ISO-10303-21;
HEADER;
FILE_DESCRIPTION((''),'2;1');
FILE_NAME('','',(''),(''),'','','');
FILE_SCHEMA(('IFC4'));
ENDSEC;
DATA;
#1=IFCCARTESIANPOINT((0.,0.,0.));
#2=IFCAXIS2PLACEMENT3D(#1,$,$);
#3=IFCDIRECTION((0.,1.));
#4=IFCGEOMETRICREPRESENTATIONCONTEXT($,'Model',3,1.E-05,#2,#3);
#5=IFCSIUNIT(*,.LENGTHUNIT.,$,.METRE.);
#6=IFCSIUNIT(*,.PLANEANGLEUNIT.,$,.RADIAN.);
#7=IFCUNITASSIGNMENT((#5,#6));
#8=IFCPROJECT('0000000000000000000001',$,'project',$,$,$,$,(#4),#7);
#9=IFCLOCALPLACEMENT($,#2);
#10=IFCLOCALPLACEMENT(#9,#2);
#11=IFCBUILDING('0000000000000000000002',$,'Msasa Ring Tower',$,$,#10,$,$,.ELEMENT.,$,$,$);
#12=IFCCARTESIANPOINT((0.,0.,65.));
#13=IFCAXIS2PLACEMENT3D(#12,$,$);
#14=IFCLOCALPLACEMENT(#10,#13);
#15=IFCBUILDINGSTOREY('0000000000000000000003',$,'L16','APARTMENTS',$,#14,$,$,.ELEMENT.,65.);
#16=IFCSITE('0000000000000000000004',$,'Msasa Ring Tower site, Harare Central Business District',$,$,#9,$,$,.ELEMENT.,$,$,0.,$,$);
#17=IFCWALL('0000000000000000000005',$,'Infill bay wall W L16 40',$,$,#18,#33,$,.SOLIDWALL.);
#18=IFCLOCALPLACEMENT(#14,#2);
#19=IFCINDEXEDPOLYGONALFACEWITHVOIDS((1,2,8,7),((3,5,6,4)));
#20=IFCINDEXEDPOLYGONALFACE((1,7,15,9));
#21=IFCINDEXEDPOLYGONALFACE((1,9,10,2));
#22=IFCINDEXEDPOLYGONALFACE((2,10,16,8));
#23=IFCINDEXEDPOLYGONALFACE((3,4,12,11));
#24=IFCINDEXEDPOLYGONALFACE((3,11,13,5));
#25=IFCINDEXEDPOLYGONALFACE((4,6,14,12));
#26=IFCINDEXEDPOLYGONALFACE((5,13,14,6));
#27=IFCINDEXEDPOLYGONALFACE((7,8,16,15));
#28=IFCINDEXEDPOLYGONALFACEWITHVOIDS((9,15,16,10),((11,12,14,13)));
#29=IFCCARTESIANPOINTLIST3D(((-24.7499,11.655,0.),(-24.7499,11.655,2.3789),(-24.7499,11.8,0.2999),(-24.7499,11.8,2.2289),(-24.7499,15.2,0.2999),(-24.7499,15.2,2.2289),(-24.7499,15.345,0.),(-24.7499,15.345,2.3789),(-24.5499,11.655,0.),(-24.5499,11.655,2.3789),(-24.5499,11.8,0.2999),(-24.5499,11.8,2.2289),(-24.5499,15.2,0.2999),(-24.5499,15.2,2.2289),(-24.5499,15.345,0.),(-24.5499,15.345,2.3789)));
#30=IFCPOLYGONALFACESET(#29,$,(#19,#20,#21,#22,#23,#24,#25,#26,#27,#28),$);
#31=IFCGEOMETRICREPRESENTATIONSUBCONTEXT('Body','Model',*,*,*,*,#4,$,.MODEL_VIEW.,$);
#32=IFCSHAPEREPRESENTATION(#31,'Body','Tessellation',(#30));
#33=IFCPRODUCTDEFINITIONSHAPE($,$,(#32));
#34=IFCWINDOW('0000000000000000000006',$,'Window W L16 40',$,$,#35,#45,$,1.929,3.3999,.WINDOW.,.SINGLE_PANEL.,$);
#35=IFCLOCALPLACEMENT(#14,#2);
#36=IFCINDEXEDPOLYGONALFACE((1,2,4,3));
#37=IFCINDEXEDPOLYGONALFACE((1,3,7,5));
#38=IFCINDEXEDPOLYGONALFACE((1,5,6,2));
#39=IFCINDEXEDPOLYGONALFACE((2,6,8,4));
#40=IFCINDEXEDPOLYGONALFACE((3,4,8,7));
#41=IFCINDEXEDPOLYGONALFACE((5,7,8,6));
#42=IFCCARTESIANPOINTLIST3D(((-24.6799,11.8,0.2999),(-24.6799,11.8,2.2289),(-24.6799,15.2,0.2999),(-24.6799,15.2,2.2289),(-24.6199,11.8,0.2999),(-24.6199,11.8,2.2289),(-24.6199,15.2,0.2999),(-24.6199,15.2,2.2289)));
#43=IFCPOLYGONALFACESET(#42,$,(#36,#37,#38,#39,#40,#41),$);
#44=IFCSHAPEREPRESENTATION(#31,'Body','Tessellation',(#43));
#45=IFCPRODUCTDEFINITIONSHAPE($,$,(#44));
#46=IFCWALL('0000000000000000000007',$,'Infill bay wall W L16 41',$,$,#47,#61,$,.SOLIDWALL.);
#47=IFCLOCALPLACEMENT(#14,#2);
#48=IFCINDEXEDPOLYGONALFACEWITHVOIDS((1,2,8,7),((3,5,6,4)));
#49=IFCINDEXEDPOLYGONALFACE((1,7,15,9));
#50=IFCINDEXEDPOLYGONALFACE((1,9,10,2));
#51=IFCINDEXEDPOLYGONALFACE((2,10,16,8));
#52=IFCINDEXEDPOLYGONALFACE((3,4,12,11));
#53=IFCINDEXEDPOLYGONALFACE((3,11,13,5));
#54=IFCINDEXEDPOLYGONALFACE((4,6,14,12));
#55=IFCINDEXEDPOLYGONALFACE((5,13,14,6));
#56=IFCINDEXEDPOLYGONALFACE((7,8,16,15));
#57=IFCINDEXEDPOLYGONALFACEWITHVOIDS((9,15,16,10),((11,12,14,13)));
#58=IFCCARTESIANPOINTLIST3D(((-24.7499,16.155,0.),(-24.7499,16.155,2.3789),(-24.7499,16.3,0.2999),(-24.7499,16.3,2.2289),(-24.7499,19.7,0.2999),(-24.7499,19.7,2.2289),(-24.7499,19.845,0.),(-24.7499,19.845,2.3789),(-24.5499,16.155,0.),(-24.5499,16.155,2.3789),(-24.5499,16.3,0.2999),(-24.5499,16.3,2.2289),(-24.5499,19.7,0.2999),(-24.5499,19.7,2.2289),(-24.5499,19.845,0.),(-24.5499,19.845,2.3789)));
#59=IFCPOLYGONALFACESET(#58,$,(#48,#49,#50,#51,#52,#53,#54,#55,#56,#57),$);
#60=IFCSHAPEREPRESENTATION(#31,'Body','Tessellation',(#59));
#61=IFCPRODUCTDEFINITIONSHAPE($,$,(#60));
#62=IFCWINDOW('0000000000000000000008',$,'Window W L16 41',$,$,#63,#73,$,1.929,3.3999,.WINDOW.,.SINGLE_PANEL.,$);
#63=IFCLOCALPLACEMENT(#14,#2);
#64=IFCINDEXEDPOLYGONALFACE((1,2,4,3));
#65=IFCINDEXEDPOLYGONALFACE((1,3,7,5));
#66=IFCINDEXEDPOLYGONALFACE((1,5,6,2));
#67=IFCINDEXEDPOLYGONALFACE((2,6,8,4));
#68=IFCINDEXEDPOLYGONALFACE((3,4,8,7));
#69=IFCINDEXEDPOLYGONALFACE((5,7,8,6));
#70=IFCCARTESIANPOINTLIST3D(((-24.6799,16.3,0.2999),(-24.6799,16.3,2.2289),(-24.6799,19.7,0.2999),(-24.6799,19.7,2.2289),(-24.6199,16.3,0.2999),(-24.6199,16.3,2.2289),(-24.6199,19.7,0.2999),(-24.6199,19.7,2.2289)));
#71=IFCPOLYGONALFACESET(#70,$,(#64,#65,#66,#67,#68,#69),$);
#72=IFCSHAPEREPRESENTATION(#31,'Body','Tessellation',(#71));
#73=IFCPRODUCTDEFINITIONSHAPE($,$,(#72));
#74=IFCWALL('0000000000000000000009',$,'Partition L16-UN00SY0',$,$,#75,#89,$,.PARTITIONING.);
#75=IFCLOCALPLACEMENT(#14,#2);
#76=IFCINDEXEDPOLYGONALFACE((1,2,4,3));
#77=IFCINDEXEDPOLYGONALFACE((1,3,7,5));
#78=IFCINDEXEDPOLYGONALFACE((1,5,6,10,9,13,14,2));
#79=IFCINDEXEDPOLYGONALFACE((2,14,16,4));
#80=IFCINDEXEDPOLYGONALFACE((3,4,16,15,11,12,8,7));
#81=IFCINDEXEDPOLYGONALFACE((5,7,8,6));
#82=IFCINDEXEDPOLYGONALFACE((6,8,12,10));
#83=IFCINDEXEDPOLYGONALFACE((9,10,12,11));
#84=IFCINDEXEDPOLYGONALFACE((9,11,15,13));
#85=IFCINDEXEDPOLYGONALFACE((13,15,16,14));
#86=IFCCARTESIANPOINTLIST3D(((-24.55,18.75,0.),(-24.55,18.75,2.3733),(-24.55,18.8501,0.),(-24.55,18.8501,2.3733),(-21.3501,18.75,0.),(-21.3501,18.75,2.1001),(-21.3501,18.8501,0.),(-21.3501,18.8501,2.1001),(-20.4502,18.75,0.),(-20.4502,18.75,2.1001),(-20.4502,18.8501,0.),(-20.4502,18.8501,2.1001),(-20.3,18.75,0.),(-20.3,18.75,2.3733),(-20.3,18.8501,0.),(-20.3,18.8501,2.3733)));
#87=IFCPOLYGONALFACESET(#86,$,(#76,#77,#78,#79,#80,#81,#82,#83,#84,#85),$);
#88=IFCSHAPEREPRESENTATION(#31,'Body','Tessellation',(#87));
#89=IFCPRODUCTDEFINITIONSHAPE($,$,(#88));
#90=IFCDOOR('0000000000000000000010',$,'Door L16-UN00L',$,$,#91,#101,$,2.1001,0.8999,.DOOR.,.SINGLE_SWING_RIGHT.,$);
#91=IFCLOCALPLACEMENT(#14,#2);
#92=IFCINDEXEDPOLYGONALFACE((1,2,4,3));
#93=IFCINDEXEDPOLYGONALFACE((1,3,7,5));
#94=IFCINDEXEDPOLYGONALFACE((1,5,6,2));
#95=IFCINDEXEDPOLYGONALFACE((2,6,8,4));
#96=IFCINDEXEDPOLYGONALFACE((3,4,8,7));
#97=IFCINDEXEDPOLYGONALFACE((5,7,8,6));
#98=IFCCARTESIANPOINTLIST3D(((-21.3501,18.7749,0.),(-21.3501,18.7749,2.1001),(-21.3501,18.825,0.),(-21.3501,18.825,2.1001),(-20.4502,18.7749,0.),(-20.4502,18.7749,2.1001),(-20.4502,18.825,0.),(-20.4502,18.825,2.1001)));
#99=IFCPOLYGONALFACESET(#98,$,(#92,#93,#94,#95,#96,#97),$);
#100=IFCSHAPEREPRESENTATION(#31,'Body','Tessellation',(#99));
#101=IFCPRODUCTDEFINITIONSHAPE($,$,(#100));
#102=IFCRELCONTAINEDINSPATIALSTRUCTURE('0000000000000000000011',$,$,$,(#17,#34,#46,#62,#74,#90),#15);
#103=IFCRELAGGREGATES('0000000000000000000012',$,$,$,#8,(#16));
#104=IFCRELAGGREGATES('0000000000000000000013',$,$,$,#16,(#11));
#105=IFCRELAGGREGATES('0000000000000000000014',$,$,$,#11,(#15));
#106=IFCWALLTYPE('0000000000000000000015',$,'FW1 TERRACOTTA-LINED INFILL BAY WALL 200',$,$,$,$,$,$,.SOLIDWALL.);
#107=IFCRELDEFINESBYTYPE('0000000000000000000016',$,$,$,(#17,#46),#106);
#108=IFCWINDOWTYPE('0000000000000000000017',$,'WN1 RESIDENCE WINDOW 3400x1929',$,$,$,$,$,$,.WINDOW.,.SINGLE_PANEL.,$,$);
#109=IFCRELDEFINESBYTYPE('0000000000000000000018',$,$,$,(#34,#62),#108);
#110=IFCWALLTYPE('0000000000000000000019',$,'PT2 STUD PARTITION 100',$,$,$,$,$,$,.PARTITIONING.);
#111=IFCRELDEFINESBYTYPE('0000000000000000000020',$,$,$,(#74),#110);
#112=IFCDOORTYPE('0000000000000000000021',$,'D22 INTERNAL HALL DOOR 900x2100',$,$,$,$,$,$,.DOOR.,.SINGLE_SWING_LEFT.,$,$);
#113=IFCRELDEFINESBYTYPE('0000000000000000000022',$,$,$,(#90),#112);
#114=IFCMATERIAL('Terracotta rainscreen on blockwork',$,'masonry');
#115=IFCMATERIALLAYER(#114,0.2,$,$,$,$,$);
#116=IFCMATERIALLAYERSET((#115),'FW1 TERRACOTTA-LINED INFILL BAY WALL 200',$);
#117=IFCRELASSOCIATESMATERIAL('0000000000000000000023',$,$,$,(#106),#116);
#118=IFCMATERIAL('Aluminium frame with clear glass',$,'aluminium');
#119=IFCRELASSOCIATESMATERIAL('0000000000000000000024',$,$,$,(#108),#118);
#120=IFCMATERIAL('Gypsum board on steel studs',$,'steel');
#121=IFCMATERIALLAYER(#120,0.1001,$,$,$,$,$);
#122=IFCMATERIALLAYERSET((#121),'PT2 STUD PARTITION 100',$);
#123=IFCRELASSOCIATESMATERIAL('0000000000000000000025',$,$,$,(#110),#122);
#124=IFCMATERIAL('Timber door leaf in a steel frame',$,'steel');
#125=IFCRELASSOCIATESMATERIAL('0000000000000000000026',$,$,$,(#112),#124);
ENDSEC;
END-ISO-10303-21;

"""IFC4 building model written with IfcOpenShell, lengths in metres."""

from ifc_helpers import new_model, si_unit, direction, frame, frame_2d, origin, place, context, subcontext, project, spatial, rectangle, extrude, material, layer, layer_set, type_object, element, fill, save


model = new_model("IFC4")

# Units and contexts
model_context = context("Model", 3, precision=1e-05, world=origin(), true_north=direction((0.0, 1.0)))
body_context = subcontext(model_context, "Body", "Model", "MODEL_VIEW")
ifc_project = project(units=[si_unit("LENGTHUNIT", "METRE"), si_unit("PLANEANGLEUNIT", "RADIAN")], contexts=[model_context])

# Site, building, storey
site_placement = place(None, origin())
site = spatial("IfcSite", under=ifc_project, at=site_placement, Name="Msasa Ring Tower site, Harare Central Business District", CompositionType="ELEMENT", RefElevation=0.0)
building_placement = place(site_placement, origin())
building = spatial("IfcBuilding", under=site, at=building_placement, Name="Msasa Ring Tower", CompositionType="ELEMENT")
storey_placement = place(building_placement, frame((0.0, 0.0, 65.0)))
storey = spatial("IfcBuildingStorey", under=building, at=storey_placement, Name="L16", Description="APARTMENTS", CompositionType="ELEMENT", Elevation=65.0)

# Walls, openings, windows
ifc_material_1 = material(Name="Terracotta rainscreen on blockwork", Category="masonry")
ifc_layer_1 = layer(ifc_material_1, 0.2)
ifc_layer_set_1 = layer_set([ifc_layer_1], Name="FW1 TERRACOTTA-LINED INFILL BAY WALL 200")
wall_type_1 = type_object("IfcWallType", Name="FW1 TERRACOTTA-LINED INFILL BAY WALL 200", PredefinedType="SOLIDWALL", material=ifc_layer_set_1)
wall_1_placement = place(storey_placement, frame((-24.6499, 11.655, 0.0), z_axis=(0.0, 0.0, 1.0), x_axis=(0.0, 1.0, 0.0)))
wall_1 = element("IfcWall", 1, at=wall_1_placement, inside=storey, type_object=wall_type_1, Name="Infill bay wall W L16 40", PredefinedType="SOLIDWALL", context=body_context, shape_type="SweptSolid", body=[
    extrude(rectangle(XDim=3.6899, YDim=0.2, at=frame_2d((1.845, 0.0))), origin(), (0.0, 0.0, 1.0), 2.3789),
])
opening_1_placement = place(wall_1_placement, frame((0.145, 0.0, 0.3)))
opening_1 = element("IfcOpeningElement", 2, at=opening_1_placement, cuts=wall_1, PredefinedType="OPENING", context=body_context, shape_type="SweptSolid", body=[
    extrude(rectangle(XDim=3.3999, YDim=1.929, at=frame_2d((1.7, 0.9644))), frame((0.0, 0.1099, 0.0), z_axis=(0.0, -1.0, 0.0), x_axis=(1.0, 0.0, 0.0)), (0.0, 0.0, 1.0), 0.22),
])
ifc_material_2 = material(Name="Aluminium frame with clear glass", Category="aluminium")
window_type = type_object("IfcWindowType", Name="WN1 RESIDENCE WINDOW 3400x1929", PartitioningType="SINGLE_PANEL", PredefinedType="WINDOW", material=ifc_material_2)
window_1_placement = place(opening_1_placement, origin())
window_1 = element("IfcWindow", 3, at=window_1_placement, inside=storey, type_object=window_type, Name="Window W L16 40", OverallHeight=1.929, OverallWidth=3.3999, PartitioningType="SINGLE_PANEL", PredefinedType="WINDOW", context=body_context, shape_type="SweptSolid", body=[
    extrude(rectangle(XDim=3.3999, YDim=1.929, at=frame_2d((1.7, 0.9644))), frame((0.0, 0.03, 0.0), z_axis=(0.0, -1.0, 0.0), x_axis=(1.0, 0.0, 0.0)), (0.0, 0.0, 1.0), 0.0601),
])
fill(opening_1, window_1)
wall_2_placement = place(storey_placement, frame((-24.6499, 16.155, 0.0), z_axis=(0.0, 0.0, 1.0), x_axis=(0.0, 1.0, 0.0)))
wall_2 = element("IfcWall", 4, at=wall_2_placement, inside=storey, type_object=wall_type_1, Name="Infill bay wall W L16 41", PredefinedType="SOLIDWALL", context=body_context, shape_type="SweptSolid", body=[
    extrude(rectangle(XDim=3.6899, YDim=0.2, at=frame_2d((1.845, 0.0))), origin(), (0.0, 0.0, 1.0), 2.3789),
])
opening_2_placement = place(wall_2_placement, frame((0.145, 0.0, 0.3)))
opening_2 = element("IfcOpeningElement", 5, at=opening_2_placement, cuts=wall_2, PredefinedType="OPENING", context=body_context, shape_type="SweptSolid", body=[
    extrude(rectangle(XDim=3.3999, YDim=1.929, at=frame_2d((1.7, 0.9644))), frame((0.0, 0.1099, 0.0), z_axis=(0.0, -1.0, 0.0), x_axis=(1.0, 0.0, 0.0)), (0.0, 0.0, 1.0), 0.22),
])
window_2_placement = place(opening_2_placement, origin())
window_2 = element("IfcWindow", 6, at=window_2_placement, inside=storey, type_object=window_type, Name="Window W L16 41", OverallHeight=1.929, OverallWidth=3.3999, PartitioningType="SINGLE_PANEL", PredefinedType="WINDOW", context=body_context, shape_type="SweptSolid", body=[
    extrude(rectangle(XDim=3.3999, YDim=1.929, at=frame_2d((1.7, 0.9644))), frame((0.0, 0.03, 0.0), z_axis=(0.0, -1.0, 0.0), x_axis=(1.0, 0.0, 0.0)), (0.0, 0.0, 1.0), 0.0601),
])
fill(opening_2, window_2)

# Wall, opening, door
ifc_material_3 = material(Name="Gypsum board on steel studs", Category="steel")
ifc_layer_2 = layer(ifc_material_3, 0.1001)
ifc_layer_set_2 = layer_set([ifc_layer_2], Name="PT2 STUD PARTITION 100")
wall_type_2 = type_object("IfcWallType", Name="PT2 STUD PARTITION 100", PredefinedType="PARTITIONING", material=ifc_layer_set_2)
wall_3_placement = place(storey_placement, frame((-24.55, 18.8, 0.0), z_axis=(0.0, 0.0, 1.0), x_axis=(1.0, 0.0, 0.0)))
wall_3 = element("IfcWall", 7, at=wall_3_placement, inside=storey, type_object=wall_type_2, Name="Partition L16-UN00SY0", PredefinedType="PARTITIONING", context=body_context, shape_type="SweptSolid", body=[
    extrude(rectangle(XDim=4.25, YDim=0.1001, at=frame_2d((2.125, 0.0))), origin(), (0.0, 0.0, 1.0), 2.3733),
])
opening_3_placement = place(wall_3_placement, frame((3.2, 0.0, 0.0)))
opening_3 = element("IfcOpeningElement", 8, at=opening_3_placement, cuts=wall_3, PredefinedType="OPENING", context=body_context, shape_type="SweptSolid", body=[
    extrude(rectangle(XDim=0.8999, YDim=2.1001, at=frame_2d((0.45, 1.05))), frame((0.0, 0.0601, 0.0), z_axis=(0.0, -1.0, 0.0), x_axis=(1.0, 0.0, 0.0)), (0.0, 0.0, 1.0), 0.1201),
])
ifc_material_4 = material(Name="Timber door leaf in a steel frame", Category="steel")
door_type = type_object("IfcDoorType", Name="D22 INTERNAL HALL DOOR 900x2100", OperationType="SINGLE_SWING_LEFT", PredefinedType="DOOR", material=ifc_material_4)
door_placement = place(opening_3_placement, origin())
door = element("IfcDoor", 9, at=door_placement, inside=storey, type_object=door_type, Name="Door L16-UN00L", OperationType="SINGLE_SWING_RIGHT", OverallHeight=2.1001, OverallWidth=0.8999, PredefinedType="DOOR", context=body_context, shape_type="SweptSolid", body=[
    extrude(rectangle(XDim=0.8999, YDim=2.1001, at=frame_2d((0.45, 1.05))), frame((0.0, 0.0249, 0.0), z_axis=(0.0, -1.0, 0.0), x_axis=(1.0, 0.0, 0.0)), (0.0, 0.0, 1.0), 0.05),
])
fill(opening_3, door)

save(model, "model.ifc")
